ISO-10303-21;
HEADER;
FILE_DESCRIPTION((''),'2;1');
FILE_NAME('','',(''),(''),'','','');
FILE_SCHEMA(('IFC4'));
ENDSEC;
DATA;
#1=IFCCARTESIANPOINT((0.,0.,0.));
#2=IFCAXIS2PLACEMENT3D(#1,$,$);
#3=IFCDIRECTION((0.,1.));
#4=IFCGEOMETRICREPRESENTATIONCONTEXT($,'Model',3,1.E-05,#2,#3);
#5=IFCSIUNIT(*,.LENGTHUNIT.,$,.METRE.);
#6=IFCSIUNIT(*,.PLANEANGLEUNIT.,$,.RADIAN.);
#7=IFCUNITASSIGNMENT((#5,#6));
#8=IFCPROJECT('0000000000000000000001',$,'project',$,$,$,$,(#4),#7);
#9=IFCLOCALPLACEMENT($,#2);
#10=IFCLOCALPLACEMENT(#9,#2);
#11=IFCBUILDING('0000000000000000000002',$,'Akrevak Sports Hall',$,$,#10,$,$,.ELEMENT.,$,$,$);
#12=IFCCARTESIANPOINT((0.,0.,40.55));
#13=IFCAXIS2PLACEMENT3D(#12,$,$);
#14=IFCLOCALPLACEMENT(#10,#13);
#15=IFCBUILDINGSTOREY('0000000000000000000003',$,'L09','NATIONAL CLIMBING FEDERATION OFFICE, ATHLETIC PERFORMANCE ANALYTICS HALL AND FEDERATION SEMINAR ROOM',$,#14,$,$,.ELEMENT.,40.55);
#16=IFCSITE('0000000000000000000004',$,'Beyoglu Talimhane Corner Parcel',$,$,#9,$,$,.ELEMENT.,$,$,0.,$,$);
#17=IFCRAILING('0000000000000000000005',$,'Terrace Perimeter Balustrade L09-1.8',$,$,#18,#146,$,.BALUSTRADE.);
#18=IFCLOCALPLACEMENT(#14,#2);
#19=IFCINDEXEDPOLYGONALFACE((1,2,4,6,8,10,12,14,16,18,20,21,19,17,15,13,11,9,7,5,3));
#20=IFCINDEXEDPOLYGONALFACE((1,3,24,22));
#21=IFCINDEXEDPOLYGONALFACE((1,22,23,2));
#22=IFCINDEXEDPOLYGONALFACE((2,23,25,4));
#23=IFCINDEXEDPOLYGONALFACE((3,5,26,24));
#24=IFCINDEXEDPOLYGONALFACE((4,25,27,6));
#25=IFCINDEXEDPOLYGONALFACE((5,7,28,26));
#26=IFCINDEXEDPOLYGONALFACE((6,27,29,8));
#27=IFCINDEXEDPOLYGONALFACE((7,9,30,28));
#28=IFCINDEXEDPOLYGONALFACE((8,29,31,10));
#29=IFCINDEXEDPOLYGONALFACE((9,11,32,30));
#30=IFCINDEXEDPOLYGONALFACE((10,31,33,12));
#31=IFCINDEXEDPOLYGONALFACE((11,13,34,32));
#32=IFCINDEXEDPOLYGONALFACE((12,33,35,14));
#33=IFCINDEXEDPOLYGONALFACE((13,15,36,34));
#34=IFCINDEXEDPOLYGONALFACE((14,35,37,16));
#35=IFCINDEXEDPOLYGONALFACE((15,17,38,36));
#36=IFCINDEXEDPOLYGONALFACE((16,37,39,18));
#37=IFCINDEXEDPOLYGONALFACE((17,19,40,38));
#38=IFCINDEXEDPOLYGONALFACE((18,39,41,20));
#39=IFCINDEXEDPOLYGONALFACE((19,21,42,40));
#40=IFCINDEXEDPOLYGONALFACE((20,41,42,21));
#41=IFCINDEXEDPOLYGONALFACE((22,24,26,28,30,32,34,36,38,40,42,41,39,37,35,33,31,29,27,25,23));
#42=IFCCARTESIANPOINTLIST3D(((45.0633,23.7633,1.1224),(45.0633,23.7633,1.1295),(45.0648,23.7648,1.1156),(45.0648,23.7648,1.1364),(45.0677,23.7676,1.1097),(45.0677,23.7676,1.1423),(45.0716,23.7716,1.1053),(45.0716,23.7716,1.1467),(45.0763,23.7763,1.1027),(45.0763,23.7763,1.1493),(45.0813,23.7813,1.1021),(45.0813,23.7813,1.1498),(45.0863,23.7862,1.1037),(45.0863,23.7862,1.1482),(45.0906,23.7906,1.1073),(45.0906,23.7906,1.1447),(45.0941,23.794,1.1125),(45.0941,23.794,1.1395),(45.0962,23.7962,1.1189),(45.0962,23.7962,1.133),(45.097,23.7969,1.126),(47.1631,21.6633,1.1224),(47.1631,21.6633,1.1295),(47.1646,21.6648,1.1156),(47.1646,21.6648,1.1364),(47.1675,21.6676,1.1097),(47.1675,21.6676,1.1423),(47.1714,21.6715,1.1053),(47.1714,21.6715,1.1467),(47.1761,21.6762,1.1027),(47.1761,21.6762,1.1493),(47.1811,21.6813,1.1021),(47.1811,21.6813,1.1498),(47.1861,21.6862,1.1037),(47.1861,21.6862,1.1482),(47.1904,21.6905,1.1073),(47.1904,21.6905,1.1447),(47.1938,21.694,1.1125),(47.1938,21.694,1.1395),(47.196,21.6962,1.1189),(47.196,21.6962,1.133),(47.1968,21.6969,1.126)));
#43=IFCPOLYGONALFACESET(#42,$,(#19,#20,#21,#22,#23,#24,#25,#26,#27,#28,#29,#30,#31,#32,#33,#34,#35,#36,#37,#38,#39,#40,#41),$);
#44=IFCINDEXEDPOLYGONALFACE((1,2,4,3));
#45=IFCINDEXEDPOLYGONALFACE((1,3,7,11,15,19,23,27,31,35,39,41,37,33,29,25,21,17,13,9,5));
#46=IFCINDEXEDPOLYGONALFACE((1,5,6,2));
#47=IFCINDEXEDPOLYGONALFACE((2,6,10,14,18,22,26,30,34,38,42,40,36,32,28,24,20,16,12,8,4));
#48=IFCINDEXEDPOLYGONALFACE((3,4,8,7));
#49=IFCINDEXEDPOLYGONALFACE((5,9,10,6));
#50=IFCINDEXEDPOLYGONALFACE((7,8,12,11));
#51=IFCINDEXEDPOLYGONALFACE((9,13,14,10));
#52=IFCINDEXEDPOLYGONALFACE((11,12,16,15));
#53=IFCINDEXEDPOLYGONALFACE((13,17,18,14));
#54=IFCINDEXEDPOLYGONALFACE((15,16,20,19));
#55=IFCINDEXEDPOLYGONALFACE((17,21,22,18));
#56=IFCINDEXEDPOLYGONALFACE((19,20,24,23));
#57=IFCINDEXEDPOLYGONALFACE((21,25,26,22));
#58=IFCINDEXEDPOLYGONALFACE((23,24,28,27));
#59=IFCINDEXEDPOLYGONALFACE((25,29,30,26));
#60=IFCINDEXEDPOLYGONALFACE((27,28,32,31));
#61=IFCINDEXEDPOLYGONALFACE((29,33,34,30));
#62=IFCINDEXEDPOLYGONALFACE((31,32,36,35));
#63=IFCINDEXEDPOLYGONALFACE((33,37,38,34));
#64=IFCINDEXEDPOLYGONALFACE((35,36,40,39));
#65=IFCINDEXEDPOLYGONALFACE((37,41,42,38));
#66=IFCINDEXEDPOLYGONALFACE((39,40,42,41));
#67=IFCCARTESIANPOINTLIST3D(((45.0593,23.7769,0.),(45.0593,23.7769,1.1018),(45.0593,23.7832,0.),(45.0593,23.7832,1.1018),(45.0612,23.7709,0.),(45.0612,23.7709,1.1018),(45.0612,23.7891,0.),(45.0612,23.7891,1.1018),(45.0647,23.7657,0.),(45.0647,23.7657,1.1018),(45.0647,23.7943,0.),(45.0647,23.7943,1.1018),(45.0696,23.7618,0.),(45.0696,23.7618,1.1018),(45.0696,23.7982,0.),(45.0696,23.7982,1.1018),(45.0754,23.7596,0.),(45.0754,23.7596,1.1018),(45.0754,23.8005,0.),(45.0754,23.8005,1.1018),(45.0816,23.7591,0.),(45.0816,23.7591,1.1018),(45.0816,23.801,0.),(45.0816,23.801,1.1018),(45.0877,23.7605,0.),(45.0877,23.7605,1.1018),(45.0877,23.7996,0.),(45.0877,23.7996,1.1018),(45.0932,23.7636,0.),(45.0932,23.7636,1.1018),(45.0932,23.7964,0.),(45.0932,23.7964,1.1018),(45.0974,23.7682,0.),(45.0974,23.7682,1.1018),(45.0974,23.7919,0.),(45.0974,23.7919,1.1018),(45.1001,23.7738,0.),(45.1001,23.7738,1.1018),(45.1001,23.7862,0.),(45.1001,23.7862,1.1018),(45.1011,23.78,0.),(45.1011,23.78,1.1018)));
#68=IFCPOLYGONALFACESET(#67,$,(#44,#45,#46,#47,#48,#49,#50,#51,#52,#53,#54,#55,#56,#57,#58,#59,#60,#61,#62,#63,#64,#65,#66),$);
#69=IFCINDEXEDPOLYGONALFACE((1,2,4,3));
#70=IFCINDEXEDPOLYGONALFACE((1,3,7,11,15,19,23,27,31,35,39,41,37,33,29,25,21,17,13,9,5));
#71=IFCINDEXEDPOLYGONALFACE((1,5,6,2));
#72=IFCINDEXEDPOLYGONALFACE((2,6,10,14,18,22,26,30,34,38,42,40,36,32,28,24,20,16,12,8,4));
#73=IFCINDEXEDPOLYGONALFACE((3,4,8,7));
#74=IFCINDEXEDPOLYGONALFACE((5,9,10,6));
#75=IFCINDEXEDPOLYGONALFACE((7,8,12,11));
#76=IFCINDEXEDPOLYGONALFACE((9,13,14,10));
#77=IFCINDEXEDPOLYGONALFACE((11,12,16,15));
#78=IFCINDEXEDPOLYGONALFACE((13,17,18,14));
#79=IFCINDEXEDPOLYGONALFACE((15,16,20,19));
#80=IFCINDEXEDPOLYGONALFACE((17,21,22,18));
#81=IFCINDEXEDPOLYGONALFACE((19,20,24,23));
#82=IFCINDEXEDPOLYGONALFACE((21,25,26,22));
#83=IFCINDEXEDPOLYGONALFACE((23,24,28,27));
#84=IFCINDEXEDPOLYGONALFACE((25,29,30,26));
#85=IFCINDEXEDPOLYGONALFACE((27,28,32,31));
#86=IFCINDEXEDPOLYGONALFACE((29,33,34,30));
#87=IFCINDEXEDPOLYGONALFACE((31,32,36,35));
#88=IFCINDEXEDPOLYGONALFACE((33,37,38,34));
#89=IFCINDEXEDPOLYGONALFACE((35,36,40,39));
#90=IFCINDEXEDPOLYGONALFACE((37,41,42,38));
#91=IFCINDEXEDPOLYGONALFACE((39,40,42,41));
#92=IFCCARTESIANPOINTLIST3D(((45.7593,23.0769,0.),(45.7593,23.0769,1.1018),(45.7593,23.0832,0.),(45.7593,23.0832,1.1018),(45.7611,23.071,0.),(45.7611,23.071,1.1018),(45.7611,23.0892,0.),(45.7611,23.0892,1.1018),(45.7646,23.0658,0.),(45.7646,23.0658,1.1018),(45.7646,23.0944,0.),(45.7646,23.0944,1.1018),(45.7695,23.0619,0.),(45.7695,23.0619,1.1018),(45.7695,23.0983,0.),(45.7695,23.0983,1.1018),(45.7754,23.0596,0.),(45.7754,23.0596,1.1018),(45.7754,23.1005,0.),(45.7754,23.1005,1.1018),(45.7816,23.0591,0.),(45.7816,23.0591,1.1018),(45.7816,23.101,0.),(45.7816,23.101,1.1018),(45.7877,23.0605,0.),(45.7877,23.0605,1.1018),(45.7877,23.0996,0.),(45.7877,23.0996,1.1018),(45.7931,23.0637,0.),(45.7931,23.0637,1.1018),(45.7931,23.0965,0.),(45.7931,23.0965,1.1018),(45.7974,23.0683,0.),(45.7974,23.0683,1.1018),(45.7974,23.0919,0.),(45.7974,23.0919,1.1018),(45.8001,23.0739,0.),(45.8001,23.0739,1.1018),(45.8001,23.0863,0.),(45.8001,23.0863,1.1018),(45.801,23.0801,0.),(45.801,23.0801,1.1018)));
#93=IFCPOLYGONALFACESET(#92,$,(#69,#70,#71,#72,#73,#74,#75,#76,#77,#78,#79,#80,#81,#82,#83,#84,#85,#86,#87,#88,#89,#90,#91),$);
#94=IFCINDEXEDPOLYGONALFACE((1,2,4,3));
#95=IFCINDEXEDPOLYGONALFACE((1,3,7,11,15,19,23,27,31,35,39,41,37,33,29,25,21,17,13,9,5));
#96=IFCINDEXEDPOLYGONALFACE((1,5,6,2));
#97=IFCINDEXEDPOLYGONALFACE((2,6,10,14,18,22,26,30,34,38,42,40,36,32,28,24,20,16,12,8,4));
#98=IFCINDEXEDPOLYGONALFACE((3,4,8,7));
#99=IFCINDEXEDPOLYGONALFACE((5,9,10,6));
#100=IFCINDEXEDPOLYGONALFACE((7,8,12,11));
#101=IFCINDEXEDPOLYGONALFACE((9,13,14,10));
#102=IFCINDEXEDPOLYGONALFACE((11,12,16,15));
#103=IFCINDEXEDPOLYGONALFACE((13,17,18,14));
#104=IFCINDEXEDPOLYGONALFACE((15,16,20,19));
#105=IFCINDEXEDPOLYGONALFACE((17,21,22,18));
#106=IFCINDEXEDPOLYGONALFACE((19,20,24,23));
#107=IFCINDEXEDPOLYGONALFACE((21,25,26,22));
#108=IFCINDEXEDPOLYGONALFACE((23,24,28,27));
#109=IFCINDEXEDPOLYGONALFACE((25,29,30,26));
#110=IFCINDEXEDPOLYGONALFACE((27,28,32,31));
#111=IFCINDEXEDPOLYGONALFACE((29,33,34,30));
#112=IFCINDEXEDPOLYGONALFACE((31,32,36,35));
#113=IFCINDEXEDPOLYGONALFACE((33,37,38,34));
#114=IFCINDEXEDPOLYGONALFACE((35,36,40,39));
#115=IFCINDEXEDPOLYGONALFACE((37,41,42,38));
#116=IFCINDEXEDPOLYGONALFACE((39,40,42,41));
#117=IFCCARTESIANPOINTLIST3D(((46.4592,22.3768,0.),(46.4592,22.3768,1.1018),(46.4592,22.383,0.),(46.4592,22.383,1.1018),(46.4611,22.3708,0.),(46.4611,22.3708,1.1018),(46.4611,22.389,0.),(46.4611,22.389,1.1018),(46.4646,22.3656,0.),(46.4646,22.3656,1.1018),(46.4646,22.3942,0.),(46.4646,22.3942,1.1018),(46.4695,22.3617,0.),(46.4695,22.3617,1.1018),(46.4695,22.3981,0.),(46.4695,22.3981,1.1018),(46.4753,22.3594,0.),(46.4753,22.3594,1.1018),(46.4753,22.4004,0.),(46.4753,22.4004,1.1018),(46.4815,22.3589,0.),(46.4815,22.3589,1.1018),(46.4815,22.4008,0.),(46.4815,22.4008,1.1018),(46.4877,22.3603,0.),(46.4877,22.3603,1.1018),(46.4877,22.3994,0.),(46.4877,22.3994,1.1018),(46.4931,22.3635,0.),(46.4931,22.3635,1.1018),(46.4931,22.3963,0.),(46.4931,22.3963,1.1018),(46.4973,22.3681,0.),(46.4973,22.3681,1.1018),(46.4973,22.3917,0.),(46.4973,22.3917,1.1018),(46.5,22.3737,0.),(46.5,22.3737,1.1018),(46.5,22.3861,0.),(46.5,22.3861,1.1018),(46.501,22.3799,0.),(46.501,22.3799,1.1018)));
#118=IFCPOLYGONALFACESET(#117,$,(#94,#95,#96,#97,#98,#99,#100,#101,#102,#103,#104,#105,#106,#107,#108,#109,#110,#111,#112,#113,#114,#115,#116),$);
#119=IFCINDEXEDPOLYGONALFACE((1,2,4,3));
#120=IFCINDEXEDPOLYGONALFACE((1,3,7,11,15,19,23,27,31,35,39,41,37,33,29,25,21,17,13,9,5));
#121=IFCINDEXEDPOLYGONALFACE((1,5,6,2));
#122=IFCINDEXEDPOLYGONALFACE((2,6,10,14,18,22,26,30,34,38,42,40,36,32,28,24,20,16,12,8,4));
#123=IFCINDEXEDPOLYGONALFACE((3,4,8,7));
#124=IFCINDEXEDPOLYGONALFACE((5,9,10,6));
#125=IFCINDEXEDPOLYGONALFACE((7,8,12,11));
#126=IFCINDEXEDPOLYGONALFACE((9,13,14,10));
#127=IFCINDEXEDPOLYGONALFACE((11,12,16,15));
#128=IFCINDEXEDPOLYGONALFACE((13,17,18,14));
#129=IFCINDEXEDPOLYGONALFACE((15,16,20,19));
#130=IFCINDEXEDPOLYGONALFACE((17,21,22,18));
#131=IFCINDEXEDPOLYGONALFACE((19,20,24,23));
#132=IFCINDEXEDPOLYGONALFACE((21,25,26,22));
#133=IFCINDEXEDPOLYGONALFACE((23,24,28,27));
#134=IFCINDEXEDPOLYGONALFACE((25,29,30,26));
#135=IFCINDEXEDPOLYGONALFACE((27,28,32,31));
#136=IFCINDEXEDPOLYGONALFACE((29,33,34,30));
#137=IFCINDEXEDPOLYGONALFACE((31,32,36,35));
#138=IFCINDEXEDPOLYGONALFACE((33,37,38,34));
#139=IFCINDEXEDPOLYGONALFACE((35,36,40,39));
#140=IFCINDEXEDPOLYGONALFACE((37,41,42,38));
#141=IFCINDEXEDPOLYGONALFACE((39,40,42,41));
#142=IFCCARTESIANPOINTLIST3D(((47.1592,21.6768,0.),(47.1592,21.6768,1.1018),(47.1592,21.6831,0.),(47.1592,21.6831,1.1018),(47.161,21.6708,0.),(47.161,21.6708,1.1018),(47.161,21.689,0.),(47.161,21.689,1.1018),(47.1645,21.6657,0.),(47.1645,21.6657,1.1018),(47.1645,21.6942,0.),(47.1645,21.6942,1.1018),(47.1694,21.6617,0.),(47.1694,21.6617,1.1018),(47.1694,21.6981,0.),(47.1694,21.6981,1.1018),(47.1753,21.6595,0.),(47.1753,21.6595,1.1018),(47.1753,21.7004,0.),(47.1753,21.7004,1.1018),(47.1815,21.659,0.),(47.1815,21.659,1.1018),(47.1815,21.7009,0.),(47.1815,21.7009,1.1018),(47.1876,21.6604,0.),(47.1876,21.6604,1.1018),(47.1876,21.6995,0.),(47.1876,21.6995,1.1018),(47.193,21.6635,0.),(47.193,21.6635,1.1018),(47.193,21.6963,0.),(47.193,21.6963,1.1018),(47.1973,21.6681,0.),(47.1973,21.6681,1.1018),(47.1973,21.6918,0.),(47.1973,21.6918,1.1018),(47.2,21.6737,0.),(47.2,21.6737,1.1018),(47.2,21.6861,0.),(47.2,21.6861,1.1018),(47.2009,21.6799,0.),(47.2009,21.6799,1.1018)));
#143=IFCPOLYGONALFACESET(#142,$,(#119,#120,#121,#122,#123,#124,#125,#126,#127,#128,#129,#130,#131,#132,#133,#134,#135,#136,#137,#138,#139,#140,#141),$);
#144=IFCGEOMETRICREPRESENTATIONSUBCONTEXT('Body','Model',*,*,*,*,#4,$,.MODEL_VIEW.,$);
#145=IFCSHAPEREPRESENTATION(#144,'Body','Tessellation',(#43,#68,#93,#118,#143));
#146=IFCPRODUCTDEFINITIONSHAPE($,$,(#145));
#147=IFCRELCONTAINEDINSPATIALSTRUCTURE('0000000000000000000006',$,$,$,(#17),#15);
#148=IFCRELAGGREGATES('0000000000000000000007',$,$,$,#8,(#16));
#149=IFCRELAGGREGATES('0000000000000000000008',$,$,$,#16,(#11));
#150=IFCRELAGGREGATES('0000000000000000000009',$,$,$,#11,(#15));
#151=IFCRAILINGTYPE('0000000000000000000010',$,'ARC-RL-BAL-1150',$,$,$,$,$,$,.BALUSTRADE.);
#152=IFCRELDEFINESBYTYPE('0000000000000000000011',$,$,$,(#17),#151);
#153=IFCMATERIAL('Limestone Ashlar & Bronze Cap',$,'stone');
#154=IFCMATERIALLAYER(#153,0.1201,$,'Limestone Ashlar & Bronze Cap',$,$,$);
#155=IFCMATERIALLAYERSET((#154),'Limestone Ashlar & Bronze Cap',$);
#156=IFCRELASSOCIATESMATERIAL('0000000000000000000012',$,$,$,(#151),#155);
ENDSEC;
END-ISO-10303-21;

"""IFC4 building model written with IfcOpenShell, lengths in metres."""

from ifc_helpers import new_model, si_unit, direction, frame, origin, origin_2d, place, context, subcontext, project, spatial, circle, extrude, material, layer, layer_set, type_object, element, save


model = new_model("IFC4")

# Units and contexts
model_context = context("Model", 3, precision=1e-05, world=origin(), true_north=direction((0.0, 1.0)))
body_context = subcontext(model_context, "Body", "Model", "MODEL_VIEW")
ifc_project = project(units=[si_unit("LENGTHUNIT", "METRE"), si_unit("PLANEANGLEUNIT", "RADIAN")], contexts=[model_context])

# Site, building, storey
site_placement = place(None, origin())
site = spatial("IfcSite", under=ifc_project, at=site_placement, Name="Beyoglu Talimhane Corner Parcel", CompositionType="ELEMENT", RefElevation=0.0)
building_placement = place(site_placement, origin())
building = spatial("IfcBuilding", under=site, at=building_placement, Name="Akrevak Sports Hall", CompositionType="ELEMENT")
storey_placement = place(building_placement, frame((0.0, 0.0, 40.55)))
storey = spatial("IfcBuildingStorey", under=building, at=storey_placement, Name="L09", Description="NATIONAL CLIMBING FEDERATION OFFICE, ATHLETIC PERFORMANCE ANALYTICS HALL AND FEDERATION SEMINAR ROOM", CompositionType="ELEMENT", Elevation=40.55)

# Railing
ifc_material_1 = material(Name="Limestone Ashlar & Bronze Cap", Category="stone")
ifc_layer_1 = layer(ifc_material_1, 0.1201, Name="Limestone Ashlar & Bronze Cap")
ifc_layer_set_1 = layer_set([ifc_layer_1], Name="Limestone Ashlar & Bronze Cap")
railing_type = type_object("IfcRailingType", Name="ARC-RL-BAL-1150", PredefinedType="BALUSTRADE", material=ifc_layer_set_1)
railing_1_placement = place(storey_placement, frame((45.0801, 23.78, 0.0)))
element("IfcRailing", 1, at=railing_1_placement, inside=storey, type_object=railing_type, Name="Terrace Perimeter Balustrade L09-1.8", PredefinedType="BALUSTRADE", context=body_context, shape_type="SweptSolid", body=[
    extrude(circle(Radius=0.0239, at=origin_2d()), frame((0.0, 0.0, 1.126), z_axis=(0.707066, -0.707148, 0.0), x_axis=(0.707148, 0.707066, 0.0)), (0.0, 0.0, 1.0), 2.9697),
    extrude(circle(Radius=0.021, at=origin_2d()), origin(), (0.0, 0.0, 1.0), 1.1018),
    extrude(circle(Radius=0.021, at=origin_2d()), frame((0.7, -0.7, 0.0)), (0.0, 0.0, 1.0), 1.1018),
    extrude(circle(Radius=0.021, at=origin_2d()), frame((1.3999, -1.4001, 0.0)), (0.0, 0.0, 1.0), 1.1018),
    extrude(circle(Radius=0.021, at=origin_2d()), frame((2.0999, -2.1001, 0.0)), (0.0, 0.0, 1.0), 1.1018),
])

save(model, "model.ifc")
